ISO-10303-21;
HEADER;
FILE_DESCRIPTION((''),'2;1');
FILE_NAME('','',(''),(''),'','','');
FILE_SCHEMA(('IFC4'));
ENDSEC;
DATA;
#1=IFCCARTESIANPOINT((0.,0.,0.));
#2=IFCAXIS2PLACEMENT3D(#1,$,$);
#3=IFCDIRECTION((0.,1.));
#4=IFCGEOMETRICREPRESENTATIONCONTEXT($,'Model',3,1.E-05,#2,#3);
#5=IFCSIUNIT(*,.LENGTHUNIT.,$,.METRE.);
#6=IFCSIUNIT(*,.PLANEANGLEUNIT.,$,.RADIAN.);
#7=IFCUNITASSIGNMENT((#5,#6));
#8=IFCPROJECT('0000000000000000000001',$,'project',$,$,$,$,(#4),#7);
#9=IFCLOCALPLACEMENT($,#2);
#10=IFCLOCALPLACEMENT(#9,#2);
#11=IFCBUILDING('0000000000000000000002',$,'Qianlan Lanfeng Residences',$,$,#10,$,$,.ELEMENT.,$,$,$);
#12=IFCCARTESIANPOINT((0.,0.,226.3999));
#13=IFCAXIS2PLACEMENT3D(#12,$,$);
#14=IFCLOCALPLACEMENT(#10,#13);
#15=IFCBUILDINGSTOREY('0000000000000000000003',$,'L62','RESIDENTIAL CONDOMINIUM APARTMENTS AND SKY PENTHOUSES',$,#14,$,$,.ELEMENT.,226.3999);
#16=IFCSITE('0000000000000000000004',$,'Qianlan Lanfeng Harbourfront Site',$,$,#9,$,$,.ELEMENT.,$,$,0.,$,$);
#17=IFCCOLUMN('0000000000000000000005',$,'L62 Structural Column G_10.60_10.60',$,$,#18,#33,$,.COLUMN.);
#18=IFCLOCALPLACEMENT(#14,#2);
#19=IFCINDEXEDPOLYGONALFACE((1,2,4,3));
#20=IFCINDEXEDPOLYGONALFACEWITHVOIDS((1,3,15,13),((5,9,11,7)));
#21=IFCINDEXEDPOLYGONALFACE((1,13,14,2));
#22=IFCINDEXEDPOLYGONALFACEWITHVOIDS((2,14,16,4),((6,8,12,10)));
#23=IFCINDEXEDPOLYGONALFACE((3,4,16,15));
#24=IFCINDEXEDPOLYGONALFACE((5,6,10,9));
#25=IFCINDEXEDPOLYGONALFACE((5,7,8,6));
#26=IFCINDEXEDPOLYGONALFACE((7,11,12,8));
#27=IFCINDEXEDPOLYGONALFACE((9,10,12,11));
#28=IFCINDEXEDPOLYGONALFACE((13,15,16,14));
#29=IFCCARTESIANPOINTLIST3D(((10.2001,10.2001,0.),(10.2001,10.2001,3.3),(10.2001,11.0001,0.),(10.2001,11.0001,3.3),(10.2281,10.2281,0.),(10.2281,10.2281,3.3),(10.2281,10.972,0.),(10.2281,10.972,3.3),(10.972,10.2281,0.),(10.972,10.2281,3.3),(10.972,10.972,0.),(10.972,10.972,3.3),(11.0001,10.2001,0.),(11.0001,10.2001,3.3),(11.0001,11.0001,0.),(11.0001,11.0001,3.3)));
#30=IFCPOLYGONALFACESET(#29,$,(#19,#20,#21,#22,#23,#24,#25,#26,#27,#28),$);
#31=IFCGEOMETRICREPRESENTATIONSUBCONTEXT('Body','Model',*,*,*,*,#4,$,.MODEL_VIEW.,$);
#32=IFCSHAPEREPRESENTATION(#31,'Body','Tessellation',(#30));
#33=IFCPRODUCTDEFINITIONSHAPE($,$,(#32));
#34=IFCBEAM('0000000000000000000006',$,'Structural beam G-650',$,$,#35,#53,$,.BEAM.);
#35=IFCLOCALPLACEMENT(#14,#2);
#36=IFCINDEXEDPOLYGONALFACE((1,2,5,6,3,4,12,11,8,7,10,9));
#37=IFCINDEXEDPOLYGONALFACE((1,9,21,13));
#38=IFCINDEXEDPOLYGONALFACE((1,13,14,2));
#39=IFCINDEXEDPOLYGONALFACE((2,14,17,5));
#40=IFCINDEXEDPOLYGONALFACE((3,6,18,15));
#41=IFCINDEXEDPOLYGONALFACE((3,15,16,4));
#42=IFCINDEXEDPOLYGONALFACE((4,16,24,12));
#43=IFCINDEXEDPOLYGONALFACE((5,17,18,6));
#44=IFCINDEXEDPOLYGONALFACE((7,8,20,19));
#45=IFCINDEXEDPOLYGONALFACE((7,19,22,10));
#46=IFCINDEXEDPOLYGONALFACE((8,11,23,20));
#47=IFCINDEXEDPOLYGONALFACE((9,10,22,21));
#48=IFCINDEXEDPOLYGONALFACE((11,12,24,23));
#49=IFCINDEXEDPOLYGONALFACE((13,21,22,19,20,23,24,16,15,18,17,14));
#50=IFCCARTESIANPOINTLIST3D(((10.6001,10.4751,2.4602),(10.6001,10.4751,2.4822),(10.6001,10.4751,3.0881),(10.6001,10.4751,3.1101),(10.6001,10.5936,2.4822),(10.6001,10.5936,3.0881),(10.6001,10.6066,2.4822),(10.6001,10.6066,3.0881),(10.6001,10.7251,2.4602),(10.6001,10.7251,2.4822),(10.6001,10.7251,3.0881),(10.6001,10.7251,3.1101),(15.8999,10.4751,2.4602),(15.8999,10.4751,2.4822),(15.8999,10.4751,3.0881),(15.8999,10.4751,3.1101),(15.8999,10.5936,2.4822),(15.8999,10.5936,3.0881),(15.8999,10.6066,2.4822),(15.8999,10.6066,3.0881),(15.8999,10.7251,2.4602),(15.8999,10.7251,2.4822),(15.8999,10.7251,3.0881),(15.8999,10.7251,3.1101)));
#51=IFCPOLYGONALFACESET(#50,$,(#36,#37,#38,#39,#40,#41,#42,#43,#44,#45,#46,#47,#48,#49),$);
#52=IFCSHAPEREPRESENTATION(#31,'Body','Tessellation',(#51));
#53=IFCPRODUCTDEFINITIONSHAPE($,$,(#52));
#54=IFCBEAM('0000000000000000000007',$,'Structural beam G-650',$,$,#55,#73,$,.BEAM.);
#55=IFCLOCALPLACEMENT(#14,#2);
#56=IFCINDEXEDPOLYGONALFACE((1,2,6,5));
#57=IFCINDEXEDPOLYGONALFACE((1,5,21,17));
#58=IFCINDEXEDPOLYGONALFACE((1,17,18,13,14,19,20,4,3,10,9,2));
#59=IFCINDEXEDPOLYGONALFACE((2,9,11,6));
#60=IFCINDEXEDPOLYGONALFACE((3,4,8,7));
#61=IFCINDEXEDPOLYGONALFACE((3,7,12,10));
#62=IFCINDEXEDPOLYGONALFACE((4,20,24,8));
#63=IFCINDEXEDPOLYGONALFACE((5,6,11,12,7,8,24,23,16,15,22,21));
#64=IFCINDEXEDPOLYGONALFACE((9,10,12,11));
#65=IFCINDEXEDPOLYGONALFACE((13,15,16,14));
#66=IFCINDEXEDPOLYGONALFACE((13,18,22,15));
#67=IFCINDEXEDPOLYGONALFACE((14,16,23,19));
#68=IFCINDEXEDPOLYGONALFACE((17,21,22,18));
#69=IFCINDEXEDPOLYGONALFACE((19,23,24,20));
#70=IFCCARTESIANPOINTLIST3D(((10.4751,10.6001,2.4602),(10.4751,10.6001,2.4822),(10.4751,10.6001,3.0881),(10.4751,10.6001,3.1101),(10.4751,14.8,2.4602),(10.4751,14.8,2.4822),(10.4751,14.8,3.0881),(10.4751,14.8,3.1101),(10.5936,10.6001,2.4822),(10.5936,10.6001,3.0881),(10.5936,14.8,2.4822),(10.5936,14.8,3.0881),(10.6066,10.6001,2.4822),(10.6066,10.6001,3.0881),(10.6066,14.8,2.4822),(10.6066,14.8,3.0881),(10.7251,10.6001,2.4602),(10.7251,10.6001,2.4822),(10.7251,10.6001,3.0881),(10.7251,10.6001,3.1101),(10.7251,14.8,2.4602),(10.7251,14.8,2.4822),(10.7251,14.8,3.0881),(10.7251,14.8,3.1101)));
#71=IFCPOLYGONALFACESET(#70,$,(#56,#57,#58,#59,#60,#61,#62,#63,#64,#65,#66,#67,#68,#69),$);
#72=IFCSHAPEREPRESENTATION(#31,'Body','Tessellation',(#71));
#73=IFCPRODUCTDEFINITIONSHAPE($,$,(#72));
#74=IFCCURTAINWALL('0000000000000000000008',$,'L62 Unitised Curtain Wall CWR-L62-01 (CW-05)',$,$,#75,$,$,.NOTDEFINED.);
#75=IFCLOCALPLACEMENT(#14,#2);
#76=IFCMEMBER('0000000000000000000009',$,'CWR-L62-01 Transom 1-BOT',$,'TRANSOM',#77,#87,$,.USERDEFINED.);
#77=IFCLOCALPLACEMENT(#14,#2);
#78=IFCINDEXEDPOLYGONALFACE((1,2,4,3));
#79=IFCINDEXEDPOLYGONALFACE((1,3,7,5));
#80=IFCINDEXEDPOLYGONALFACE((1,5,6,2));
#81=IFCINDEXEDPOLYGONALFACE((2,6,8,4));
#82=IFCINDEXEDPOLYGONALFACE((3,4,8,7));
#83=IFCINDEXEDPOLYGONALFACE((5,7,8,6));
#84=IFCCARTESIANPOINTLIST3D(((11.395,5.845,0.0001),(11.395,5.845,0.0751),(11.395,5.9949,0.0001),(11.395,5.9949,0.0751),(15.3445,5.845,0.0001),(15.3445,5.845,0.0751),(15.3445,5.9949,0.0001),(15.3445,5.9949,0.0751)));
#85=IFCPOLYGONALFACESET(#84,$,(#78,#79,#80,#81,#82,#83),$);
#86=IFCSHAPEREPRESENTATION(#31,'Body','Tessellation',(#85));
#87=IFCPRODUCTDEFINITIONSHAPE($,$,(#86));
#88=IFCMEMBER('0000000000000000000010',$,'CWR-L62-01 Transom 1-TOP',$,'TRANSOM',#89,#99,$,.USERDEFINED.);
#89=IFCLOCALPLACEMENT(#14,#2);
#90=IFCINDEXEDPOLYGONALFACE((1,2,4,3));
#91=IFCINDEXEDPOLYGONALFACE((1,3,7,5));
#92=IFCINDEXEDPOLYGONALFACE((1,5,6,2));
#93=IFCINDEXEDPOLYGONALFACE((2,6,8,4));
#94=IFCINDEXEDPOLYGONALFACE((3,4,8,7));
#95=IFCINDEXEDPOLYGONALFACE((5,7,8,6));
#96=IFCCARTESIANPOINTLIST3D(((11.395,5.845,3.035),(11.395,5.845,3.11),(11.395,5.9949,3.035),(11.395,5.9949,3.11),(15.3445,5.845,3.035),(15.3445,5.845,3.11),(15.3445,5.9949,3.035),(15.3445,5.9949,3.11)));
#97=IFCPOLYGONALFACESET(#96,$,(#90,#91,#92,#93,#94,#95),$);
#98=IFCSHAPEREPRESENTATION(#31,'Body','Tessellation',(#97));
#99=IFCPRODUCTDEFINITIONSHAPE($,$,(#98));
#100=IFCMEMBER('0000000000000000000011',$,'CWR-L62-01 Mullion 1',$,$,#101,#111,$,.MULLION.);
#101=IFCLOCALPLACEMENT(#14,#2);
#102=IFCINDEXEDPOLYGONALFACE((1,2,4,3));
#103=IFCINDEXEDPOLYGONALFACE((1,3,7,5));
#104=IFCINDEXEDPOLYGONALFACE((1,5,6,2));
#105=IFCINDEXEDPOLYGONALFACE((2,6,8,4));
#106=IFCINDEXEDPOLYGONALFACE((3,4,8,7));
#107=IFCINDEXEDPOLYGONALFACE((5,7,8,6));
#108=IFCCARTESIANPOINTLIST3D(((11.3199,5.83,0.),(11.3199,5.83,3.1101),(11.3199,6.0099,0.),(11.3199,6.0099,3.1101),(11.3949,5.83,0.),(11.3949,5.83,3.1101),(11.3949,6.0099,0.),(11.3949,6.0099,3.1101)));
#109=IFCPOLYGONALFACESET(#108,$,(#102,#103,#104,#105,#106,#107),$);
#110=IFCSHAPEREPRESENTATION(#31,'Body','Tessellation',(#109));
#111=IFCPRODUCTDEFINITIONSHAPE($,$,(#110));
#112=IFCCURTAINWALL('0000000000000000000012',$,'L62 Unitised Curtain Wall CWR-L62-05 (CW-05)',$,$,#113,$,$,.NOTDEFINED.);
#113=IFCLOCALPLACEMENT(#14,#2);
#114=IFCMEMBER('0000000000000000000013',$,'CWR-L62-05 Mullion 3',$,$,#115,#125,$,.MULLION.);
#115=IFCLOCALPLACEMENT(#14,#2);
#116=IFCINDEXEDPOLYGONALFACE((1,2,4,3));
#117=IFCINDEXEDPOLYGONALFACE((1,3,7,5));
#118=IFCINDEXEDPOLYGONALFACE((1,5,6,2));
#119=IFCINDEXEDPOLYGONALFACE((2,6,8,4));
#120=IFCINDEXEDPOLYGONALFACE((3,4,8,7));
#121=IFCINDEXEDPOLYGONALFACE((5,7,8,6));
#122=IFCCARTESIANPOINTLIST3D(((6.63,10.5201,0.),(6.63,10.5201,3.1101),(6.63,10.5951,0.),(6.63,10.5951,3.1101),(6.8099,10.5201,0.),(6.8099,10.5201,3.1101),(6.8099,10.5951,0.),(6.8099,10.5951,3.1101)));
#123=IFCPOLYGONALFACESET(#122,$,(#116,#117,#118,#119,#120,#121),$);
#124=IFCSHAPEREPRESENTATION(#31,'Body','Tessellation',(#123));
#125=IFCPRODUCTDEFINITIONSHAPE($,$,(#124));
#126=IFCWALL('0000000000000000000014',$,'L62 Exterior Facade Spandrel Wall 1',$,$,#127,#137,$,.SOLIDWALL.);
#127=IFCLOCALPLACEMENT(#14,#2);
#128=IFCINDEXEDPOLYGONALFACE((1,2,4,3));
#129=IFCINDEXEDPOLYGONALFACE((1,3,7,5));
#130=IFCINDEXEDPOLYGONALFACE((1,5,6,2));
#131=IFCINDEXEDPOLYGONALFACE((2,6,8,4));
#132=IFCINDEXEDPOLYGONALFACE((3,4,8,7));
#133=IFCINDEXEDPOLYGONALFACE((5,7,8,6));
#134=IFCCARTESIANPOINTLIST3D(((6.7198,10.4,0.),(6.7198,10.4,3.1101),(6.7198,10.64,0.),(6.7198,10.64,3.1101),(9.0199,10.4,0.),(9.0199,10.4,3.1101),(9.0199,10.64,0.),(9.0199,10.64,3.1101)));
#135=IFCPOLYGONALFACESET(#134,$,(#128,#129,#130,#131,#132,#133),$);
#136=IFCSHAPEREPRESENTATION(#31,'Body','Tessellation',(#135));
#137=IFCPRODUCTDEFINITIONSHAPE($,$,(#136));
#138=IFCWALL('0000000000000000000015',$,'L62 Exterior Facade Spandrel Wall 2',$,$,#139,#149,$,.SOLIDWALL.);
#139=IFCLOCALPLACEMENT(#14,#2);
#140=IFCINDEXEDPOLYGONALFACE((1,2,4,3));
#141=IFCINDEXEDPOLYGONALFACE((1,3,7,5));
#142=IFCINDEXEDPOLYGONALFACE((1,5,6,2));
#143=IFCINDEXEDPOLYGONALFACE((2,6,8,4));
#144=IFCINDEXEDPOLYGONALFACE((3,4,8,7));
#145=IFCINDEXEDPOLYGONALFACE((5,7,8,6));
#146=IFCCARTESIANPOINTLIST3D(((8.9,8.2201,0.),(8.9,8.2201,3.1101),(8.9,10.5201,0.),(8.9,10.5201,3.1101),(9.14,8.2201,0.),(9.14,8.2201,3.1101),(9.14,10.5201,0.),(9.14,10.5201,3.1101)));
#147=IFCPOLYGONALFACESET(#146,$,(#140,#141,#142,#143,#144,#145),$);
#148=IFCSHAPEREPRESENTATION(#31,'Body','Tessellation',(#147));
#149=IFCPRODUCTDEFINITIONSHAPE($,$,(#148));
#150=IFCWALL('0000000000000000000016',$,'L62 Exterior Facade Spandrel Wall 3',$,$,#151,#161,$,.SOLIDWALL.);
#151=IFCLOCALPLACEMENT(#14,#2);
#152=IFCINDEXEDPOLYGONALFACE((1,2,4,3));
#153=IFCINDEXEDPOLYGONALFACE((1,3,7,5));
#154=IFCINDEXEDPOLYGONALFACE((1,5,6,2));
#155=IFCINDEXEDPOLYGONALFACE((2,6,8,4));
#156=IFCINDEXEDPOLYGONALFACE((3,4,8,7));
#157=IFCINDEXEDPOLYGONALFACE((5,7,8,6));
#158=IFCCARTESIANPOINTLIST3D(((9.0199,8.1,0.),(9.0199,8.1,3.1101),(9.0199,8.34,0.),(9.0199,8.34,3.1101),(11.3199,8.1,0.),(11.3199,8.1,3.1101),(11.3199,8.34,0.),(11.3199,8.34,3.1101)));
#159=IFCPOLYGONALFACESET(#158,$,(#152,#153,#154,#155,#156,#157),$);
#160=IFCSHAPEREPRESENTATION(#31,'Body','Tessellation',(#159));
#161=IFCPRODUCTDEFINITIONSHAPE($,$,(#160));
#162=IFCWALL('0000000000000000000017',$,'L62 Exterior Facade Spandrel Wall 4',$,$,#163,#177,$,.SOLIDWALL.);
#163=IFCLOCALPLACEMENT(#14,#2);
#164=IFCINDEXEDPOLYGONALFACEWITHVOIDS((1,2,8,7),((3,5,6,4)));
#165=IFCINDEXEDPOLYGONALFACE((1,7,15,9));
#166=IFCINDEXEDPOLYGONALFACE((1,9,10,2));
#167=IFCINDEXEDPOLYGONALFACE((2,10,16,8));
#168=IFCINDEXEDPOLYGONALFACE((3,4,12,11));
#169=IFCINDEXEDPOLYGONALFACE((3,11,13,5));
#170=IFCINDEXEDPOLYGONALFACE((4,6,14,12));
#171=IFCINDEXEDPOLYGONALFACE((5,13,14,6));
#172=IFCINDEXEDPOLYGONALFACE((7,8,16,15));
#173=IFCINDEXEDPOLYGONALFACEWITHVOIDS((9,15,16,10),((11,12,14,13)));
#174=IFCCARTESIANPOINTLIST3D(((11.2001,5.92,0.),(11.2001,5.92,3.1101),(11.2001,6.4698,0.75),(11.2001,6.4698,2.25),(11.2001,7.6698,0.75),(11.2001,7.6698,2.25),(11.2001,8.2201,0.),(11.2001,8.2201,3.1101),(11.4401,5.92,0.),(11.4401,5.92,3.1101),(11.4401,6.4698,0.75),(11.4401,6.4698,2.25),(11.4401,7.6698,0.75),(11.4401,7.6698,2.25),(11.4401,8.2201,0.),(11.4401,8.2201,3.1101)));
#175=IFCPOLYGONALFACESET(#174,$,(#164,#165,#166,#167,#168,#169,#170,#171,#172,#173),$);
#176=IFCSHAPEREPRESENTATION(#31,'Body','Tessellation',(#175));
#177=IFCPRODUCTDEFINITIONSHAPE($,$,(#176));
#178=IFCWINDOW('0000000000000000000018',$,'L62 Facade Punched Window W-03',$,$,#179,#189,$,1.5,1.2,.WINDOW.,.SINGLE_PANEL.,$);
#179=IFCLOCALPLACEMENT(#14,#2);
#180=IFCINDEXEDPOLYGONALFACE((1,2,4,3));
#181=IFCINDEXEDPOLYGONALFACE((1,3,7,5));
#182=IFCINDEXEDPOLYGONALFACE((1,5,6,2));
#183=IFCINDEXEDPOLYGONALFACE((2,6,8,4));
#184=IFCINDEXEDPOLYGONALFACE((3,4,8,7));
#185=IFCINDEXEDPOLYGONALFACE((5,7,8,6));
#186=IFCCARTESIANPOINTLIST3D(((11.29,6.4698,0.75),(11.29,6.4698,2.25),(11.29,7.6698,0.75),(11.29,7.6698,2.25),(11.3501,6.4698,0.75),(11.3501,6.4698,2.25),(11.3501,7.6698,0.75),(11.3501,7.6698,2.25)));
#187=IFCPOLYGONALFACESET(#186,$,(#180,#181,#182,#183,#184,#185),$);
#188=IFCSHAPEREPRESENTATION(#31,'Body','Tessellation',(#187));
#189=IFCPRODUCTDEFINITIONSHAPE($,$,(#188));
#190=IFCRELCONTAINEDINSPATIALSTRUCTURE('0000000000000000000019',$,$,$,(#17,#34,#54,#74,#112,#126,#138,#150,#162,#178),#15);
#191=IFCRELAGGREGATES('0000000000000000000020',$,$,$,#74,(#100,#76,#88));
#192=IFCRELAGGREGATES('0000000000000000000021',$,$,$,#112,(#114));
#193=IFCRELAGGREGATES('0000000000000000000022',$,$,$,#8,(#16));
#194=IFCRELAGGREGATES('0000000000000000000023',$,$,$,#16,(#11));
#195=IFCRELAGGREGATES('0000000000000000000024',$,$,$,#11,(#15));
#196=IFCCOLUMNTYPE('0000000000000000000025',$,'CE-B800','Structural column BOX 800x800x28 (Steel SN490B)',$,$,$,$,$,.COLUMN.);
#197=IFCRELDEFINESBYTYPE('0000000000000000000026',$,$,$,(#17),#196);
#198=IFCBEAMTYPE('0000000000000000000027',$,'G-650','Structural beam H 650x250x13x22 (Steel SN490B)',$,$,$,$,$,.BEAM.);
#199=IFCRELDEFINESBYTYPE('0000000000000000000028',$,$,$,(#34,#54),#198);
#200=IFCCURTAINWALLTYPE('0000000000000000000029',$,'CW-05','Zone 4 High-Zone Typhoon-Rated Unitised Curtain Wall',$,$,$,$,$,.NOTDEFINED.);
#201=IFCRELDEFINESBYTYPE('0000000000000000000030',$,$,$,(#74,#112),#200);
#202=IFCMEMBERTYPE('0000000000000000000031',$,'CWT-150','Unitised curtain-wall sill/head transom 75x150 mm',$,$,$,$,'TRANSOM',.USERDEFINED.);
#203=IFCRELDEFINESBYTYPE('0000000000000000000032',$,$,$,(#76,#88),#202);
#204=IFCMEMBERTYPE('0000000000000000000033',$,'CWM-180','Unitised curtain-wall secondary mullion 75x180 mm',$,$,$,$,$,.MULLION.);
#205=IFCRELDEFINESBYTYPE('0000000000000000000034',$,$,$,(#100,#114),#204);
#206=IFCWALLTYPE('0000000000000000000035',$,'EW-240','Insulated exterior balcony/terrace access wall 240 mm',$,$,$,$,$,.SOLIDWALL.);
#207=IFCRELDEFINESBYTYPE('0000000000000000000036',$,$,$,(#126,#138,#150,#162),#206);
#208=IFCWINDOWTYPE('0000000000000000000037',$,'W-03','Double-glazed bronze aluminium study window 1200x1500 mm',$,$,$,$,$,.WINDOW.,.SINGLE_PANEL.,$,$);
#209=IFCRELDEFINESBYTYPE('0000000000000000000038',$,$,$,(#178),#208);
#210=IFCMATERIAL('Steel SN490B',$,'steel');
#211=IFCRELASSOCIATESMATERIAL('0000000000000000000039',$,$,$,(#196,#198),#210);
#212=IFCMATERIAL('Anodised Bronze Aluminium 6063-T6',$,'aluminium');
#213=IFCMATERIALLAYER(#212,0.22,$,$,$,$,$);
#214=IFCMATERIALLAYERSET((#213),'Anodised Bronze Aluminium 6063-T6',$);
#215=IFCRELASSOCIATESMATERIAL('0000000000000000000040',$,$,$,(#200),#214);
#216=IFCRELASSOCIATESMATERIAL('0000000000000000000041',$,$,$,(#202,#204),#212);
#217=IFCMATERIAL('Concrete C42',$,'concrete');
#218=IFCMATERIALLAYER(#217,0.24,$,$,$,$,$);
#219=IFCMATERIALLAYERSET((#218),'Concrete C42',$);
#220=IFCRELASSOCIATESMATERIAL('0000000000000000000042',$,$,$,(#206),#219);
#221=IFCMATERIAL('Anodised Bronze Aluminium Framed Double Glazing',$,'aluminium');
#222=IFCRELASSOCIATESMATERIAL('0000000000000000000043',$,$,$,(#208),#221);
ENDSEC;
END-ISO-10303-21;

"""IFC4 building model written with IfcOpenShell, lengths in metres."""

from ifc_helpers import new_model, si_unit, direction, frame, frame_2d, origin, origin_2d, place, context, subcontext, project, spatial, rectangle, hollow_rectangle, i_section, extrude, source, transform, mapped, material, layer, layer_set, material_profile, profile_set, type_object, element, fill, aggregate, save


model = new_model("IFC4")

# Units and contexts
model_context = context("Model", 3, precision=1e-05, world=origin(), true_north=direction((0.0, 1.0)))
body_context = subcontext(model_context, "Body", "Model", "MODEL_VIEW")
ifc_project = project(units=[si_unit("LENGTHUNIT", "METRE"), si_unit("PLANEANGLEUNIT", "RADIAN")], contexts=[model_context])

# Site, building, storey
site_placement = place(None, origin())
site = spatial("IfcSite", under=ifc_project, at=site_placement, Name="Qianlan Lanfeng Harbourfront Site", CompositionType="ELEMENT", RefElevation=0.0)
building_placement = place(site_placement, origin())
building = spatial("IfcBuilding", under=site, at=building_placement, Name="Qianlan Lanfeng Residences", CompositionType="ELEMENT")
storey_placement = place(building_placement, frame((0.0, 0.0, 226.3999)))
storey = spatial("IfcBuildingStorey", under=building, at=storey_placement, Name="L62", Description="RESIDENTIAL CONDOMINIUM APARTMENTS AND SKY PENTHOUSES", CompositionType="ELEMENT", Elevation=226.3999)

# Column
ifc_material_1 = material(Name="Steel SN490B", Category="steel")
ifc_material_profile_1 = material_profile(ifc_material_1, hollow_rectangle(XDim=0.8, YDim=0.8, WallThickness=0.0281, at=origin_2d()), Name="BOX 800x800x28")
ifc_profile_set_1 = profile_set([ifc_material_profile_1], Name="Steel SN490B")
column_type = type_object("IfcColumnType", Name="CE-B800", Description="Structural column BOX 800x800x28 (Steel SN490B)", PredefinedType="COLUMN", material=ifc_profile_set_1)
column_placement = place(storey_placement, frame((10.6001, 10.6001, 0.0), z_axis=(0.0, 0.0, 1.0), x_axis=(1.0, 0.0, 0.0)))
element("IfcColumn", 1, at=column_placement, inside=storey, type_object=column_type, Name="L62 Structural Column G_10.60_10.60", PredefinedType="COLUMN", context=body_context, shape_type="SweptSolid", body=[
    extrude(hollow_rectangle(XDim=0.8, YDim=0.8, WallThickness=0.0281, at=origin_2d()), origin(), (0.0, 0.0, 1.0), 3.3),
])

# Beams
ifc_material_profile_2 = material_profile(ifc_material_1, i_section(OverallWidth=0.25, OverallDepth=0.6499, WebThickness=0.0129, FlangeThickness=0.022, at=origin_2d()), Name="H 650x250x13x22")
ifc_profile_set_2 = profile_set([ifc_material_profile_2], Name="Steel SN490B")
beam_type = type_object("IfcBeamType", Name="G-650", Description="Structural beam H 650x250x13x22 (Steel SN490B)", PredefinedType="BEAM", material=ifc_profile_set_2)
beam_1_placement = place(storey_placement, frame((10.6001, 10.6001, 2.7852), z_axis=(1.0, 0.0, 0.0), x_axis=(0.0, 1.0, 0.0)))
element("IfcBeam", 2, at=beam_1_placement, inside=storey, type_object=beam_type, Name="Structural beam G-650", PredefinedType="BEAM", context=body_context, shape_type="SweptSolid", body=[
    extrude(i_section(OverallWidth=0.25, OverallDepth=0.6499, WebThickness=0.0129, FlangeThickness=0.022, at=origin_2d()), origin(), (0.0, 0.0, 1.0), 5.2998),
])
beam_2_placement = place(storey_placement, frame((10.6001, 10.6001, 2.7852), z_axis=(0.0, 1.0, 0.0), x_axis=(-1.0, 0.0, 0.0)))
element("IfcBeam", 3, at=beam_2_placement, inside=storey, type_object=beam_type, Name="Structural beam G-650", PredefinedType="BEAM", context=body_context, shape_type="SweptSolid", body=[
    extrude(i_section(OverallWidth=0.25, OverallDepth=0.6499, WebThickness=0.0129, FlangeThickness=0.022, at=origin_2d()), origin(), (0.0, 0.0, 1.0), 4.2),
])

# Curtain wall, members
ifc_material_2 = material(Name="Anodised Bronze Aluminium 6063-T6", Category="aluminium")
ifc_layer_1 = layer(ifc_material_2, 0.22)
ifc_layer_set_1 = layer_set([ifc_layer_1], Name="Anodised Bronze Aluminium 6063-T6")
curtain_wall_type = type_object("IfcCurtainWallType", Name="CW-05", Description="Zone 4 High-Zone Typhoon-Rated Unitised Curtain Wall", PredefinedType="NOTDEFINED", material=ifc_layer_set_1)
curtain_wall_1_placement = place(storey_placement, origin())
curtain_wall_1 = element("IfcCurtainWall", 4, at=curtain_wall_1_placement, inside=storey, type_object=curtain_wall_type, Name="L62 Unitised Curtain Wall CWR-L62-01 (CW-05)", PredefinedType="NOTDEFINED")
ifc_material_profile_3 = material_profile(ifc_material_2, rectangle(XDim=0.075, YDim=0.1499, at=origin_2d()), Name="ALU TRANSOM 75x150")
ifc_profile_set_3 = profile_set([ifc_material_profile_3], Name="Anodised Bronze Aluminium 6063-T6")
member_type_1 = type_object("IfcMemberType", Name="CWT-150", Description="Unitised curtain-wall sill/head transom 75x150 mm", ElementType="TRANSOM", PredefinedType="USERDEFINED", material=ifc_profile_set_3)
shared_shape_1 = source(origin(), body_context, "Body", "SweptSolid", [
    extrude(rectangle(XDim=0.075, YDim=0.1499, at=origin_2d()), origin(), (0.0, 0.0, 1.0), 3.9495),
])
member_1_placement = place(storey_placement, frame((11.395, 5.9199, 0.0376), z_axis=(1.0, 0.0, 0.0), x_axis=(0.0, 0.0, 1.0)))
member_1 = element("IfcMember", 5, at=member_1_placement, type_object=member_type_1, Name="CWR-L62-01 Transom 1-BOT", ObjectType="TRANSOM", PredefinedType="USERDEFINED", context=body_context, shape_type="MappedRepresentation", body=[
    mapped(shared_shape_1, transform((0.0, 0.0, 0.0), scale=1.0)),
])
member_2_placement = place(storey_placement, frame((11.395, 5.9199, 3.0725), z_axis=(1.0, 0.0, 0.0), x_axis=(0.0, 0.0, 1.0)))
member_2 = element("IfcMember", 6, at=member_2_placement, type_object=member_type_1, Name="CWR-L62-01 Transom 1-TOP", ObjectType="TRANSOM", PredefinedType="USERDEFINED", context=body_context, shape_type="MappedRepresentation", body=[
    mapped(shared_shape_1, transform((0.0, 0.0, 0.0), scale=1.0)),
])
ifc_material_profile_4 = material_profile(ifc_material_2, rectangle(XDim=0.075, YDim=0.1799, at=origin_2d()), Name="ALU MULLION 75x180")
ifc_profile_set_4 = profile_set([ifc_material_profile_4], Name="Anodised Bronze Aluminium 6063-T6")
member_type_2 = type_object("IfcMemberType", Name="CWM-180", Description="Unitised curtain-wall secondary mullion 75x180 mm", PredefinedType="MULLION", material=ifc_profile_set_4)
shared_shape_2 = source(origin(), body_context, "Body", "SweptSolid", [
    extrude(rectangle(XDim=0.075, YDim=0.1799, at=origin_2d()), origin(), (0.0, 0.0, 1.0), 3.1101),
])
member_3_placement = place(storey_placement, frame((11.3574, 5.9199, 0.0), z_axis=(0.0, 0.0, 1.0), x_axis=(1.0, 0.0, 0.0)))
member_3 = element("IfcMember", 7, at=member_3_placement, type_object=member_type_2, Name="CWR-L62-01 Mullion 1", PredefinedType="MULLION", context=body_context, shape_type="MappedRepresentation", body=[
    mapped(shared_shape_2, transform((0.0, 0.0, 0.0), scale=1.0)),
])
aggregate(curtain_wall_1, [member_3, member_1, member_2])

# Curtain wall, member
curtain_wall_2_placement = place(storey_placement, origin())
curtain_wall_2 = element("IfcCurtainWall", 8, at=curtain_wall_2_placement, inside=storey, type_object=curtain_wall_type, Name="L62 Unitised Curtain Wall CWR-L62-05 (CW-05)", PredefinedType="NOTDEFINED")
member_4_placement = place(storey_placement, frame((6.72, 10.5576, 0.0), z_axis=(0.0, 0.0, 1.0), x_axis=(0.0, -1.0, 0.0)))
member_4 = element("IfcMember", 9, at=member_4_placement, type_object=member_type_2, Name="CWR-L62-05 Mullion 3", PredefinedType="MULLION", context=body_context, shape_type="MappedRepresentation", body=[
    mapped(shared_shape_2, transform((0.0, 0.0, 0.0), scale=1.0)),
])
aggregate(curtain_wall_2, [member_4])

# Walls
ifc_material_3 = material(Name="Concrete C42", Category="concrete")
ifc_layer_2 = layer(ifc_material_3, 0.24)
ifc_layer_set_2 = layer_set([ifc_layer_2], Name="Concrete C42")
wall_type_1 = type_object("IfcWallType", Name="EW-240", Description="Insulated exterior balcony/terrace access wall 240 mm", PredefinedType="SOLIDWALL", material=ifc_layer_set_2)
for number, where, z_axis, x_axis, name in (
    (10, (6.72, 10.52, 0.0), (0.0, 0.0, 1.0), (1.0, 0.0, 0.0), "L62 Exterior Facade Spandrel Wall 1"),
    (11, (9.02, 10.52, 0.0), (0.0, 0.0, 1.0), (0.0, -1.0, 0.0), "L62 Exterior Facade Spandrel Wall 2"),
    (12, (9.02, 8.22, 0.0), (0.0, 0.0, 1.0), (1.0, 0.0, 0.0), "L62 Exterior Facade Spandrel Wall 3"),
):
    element("IfcWall", number, at=place(storey_placement, frame(where, z_axis=z_axis, x_axis=x_axis)), inside=storey, type_object=wall_type_1, Name=name, PredefinedType="SOLIDWALL", context=body_context, shape_type="SweptSolid", body=[
        extrude(rectangle(XDim=2.3, YDim=0.24, at=frame_2d((1.1499, 0.0))), origin(), (0.0, 0.0, 1.0), 3.1101),
    ])

# Wall, opening, window
wall_1_placement = place(storey_placement, frame((11.3201, 8.22, 0.0), z_axis=(0.0, 0.0, 1.0), x_axis=(0.0, -1.0, 0.0)))
wall_1 = element("IfcWall", 13, at=wall_1_placement, inside=storey, type_object=wall_type_1, Name="L62 Exterior Facade Spandrel Wall 4", PredefinedType="SOLIDWALL", context=body_context, shape_type="SweptSolid", body=[
    extrude(rectangle(XDim=2.3, YDim=0.24, at=frame_2d((1.1499, 0.0))), origin(), (0.0, 0.0, 1.0), 3.1101),
])
opening_1_placement = place(wall_1_placement, frame((0.55, 0.0, 0.75)))
opening_1 = element("IfcOpeningElement", 14, at=opening_1_placement, cuts=wall_1, PredefinedType="OPENING", context=body_context, shape_type="SweptSolid", body=[
    extrude(rectangle(XDim=1.2, YDim=1.5, at=frame_2d((0.6001, 0.75))), frame((0.0, 0.1299, 0.0), z_axis=(0.0, -1.0, 0.0), x_axis=(1.0, 0.0, 0.0)), (0.0, 0.0, 1.0), 0.26),
])
ifc_material_4 = material(Name="Anodised Bronze Aluminium Framed Double Glazing", Category="aluminium")
window_type = type_object("IfcWindowType", Name="W-03", Description="Double-glazed bronze aluminium study window 1200x1500 mm", PartitioningType="SINGLE_PANEL", PredefinedType="WINDOW", material=ifc_material_4)
window_placement = place(opening_1_placement, origin())
window = element("IfcWindow", 15, at=window_placement, inside=storey, type_object=window_type, Name="L62 Facade Punched Window W-03", OverallHeight=1.5, OverallWidth=1.2, PartitioningType="SINGLE_PANEL", PredefinedType="WINDOW", context=body_context, shape_type="SweptSolid", body=[
    extrude(rectangle(XDim=1.2, YDim=1.5, at=frame_2d((0.6001, 0.75))), frame((0.0, 0.03, 0.0), z_axis=(0.0, -1.0, 0.0), x_axis=(1.0, 0.0, 0.0)), (0.0, 0.0, 1.0), 0.0601),
])
fill(opening_1, window)

save(model, "model.ifc")
